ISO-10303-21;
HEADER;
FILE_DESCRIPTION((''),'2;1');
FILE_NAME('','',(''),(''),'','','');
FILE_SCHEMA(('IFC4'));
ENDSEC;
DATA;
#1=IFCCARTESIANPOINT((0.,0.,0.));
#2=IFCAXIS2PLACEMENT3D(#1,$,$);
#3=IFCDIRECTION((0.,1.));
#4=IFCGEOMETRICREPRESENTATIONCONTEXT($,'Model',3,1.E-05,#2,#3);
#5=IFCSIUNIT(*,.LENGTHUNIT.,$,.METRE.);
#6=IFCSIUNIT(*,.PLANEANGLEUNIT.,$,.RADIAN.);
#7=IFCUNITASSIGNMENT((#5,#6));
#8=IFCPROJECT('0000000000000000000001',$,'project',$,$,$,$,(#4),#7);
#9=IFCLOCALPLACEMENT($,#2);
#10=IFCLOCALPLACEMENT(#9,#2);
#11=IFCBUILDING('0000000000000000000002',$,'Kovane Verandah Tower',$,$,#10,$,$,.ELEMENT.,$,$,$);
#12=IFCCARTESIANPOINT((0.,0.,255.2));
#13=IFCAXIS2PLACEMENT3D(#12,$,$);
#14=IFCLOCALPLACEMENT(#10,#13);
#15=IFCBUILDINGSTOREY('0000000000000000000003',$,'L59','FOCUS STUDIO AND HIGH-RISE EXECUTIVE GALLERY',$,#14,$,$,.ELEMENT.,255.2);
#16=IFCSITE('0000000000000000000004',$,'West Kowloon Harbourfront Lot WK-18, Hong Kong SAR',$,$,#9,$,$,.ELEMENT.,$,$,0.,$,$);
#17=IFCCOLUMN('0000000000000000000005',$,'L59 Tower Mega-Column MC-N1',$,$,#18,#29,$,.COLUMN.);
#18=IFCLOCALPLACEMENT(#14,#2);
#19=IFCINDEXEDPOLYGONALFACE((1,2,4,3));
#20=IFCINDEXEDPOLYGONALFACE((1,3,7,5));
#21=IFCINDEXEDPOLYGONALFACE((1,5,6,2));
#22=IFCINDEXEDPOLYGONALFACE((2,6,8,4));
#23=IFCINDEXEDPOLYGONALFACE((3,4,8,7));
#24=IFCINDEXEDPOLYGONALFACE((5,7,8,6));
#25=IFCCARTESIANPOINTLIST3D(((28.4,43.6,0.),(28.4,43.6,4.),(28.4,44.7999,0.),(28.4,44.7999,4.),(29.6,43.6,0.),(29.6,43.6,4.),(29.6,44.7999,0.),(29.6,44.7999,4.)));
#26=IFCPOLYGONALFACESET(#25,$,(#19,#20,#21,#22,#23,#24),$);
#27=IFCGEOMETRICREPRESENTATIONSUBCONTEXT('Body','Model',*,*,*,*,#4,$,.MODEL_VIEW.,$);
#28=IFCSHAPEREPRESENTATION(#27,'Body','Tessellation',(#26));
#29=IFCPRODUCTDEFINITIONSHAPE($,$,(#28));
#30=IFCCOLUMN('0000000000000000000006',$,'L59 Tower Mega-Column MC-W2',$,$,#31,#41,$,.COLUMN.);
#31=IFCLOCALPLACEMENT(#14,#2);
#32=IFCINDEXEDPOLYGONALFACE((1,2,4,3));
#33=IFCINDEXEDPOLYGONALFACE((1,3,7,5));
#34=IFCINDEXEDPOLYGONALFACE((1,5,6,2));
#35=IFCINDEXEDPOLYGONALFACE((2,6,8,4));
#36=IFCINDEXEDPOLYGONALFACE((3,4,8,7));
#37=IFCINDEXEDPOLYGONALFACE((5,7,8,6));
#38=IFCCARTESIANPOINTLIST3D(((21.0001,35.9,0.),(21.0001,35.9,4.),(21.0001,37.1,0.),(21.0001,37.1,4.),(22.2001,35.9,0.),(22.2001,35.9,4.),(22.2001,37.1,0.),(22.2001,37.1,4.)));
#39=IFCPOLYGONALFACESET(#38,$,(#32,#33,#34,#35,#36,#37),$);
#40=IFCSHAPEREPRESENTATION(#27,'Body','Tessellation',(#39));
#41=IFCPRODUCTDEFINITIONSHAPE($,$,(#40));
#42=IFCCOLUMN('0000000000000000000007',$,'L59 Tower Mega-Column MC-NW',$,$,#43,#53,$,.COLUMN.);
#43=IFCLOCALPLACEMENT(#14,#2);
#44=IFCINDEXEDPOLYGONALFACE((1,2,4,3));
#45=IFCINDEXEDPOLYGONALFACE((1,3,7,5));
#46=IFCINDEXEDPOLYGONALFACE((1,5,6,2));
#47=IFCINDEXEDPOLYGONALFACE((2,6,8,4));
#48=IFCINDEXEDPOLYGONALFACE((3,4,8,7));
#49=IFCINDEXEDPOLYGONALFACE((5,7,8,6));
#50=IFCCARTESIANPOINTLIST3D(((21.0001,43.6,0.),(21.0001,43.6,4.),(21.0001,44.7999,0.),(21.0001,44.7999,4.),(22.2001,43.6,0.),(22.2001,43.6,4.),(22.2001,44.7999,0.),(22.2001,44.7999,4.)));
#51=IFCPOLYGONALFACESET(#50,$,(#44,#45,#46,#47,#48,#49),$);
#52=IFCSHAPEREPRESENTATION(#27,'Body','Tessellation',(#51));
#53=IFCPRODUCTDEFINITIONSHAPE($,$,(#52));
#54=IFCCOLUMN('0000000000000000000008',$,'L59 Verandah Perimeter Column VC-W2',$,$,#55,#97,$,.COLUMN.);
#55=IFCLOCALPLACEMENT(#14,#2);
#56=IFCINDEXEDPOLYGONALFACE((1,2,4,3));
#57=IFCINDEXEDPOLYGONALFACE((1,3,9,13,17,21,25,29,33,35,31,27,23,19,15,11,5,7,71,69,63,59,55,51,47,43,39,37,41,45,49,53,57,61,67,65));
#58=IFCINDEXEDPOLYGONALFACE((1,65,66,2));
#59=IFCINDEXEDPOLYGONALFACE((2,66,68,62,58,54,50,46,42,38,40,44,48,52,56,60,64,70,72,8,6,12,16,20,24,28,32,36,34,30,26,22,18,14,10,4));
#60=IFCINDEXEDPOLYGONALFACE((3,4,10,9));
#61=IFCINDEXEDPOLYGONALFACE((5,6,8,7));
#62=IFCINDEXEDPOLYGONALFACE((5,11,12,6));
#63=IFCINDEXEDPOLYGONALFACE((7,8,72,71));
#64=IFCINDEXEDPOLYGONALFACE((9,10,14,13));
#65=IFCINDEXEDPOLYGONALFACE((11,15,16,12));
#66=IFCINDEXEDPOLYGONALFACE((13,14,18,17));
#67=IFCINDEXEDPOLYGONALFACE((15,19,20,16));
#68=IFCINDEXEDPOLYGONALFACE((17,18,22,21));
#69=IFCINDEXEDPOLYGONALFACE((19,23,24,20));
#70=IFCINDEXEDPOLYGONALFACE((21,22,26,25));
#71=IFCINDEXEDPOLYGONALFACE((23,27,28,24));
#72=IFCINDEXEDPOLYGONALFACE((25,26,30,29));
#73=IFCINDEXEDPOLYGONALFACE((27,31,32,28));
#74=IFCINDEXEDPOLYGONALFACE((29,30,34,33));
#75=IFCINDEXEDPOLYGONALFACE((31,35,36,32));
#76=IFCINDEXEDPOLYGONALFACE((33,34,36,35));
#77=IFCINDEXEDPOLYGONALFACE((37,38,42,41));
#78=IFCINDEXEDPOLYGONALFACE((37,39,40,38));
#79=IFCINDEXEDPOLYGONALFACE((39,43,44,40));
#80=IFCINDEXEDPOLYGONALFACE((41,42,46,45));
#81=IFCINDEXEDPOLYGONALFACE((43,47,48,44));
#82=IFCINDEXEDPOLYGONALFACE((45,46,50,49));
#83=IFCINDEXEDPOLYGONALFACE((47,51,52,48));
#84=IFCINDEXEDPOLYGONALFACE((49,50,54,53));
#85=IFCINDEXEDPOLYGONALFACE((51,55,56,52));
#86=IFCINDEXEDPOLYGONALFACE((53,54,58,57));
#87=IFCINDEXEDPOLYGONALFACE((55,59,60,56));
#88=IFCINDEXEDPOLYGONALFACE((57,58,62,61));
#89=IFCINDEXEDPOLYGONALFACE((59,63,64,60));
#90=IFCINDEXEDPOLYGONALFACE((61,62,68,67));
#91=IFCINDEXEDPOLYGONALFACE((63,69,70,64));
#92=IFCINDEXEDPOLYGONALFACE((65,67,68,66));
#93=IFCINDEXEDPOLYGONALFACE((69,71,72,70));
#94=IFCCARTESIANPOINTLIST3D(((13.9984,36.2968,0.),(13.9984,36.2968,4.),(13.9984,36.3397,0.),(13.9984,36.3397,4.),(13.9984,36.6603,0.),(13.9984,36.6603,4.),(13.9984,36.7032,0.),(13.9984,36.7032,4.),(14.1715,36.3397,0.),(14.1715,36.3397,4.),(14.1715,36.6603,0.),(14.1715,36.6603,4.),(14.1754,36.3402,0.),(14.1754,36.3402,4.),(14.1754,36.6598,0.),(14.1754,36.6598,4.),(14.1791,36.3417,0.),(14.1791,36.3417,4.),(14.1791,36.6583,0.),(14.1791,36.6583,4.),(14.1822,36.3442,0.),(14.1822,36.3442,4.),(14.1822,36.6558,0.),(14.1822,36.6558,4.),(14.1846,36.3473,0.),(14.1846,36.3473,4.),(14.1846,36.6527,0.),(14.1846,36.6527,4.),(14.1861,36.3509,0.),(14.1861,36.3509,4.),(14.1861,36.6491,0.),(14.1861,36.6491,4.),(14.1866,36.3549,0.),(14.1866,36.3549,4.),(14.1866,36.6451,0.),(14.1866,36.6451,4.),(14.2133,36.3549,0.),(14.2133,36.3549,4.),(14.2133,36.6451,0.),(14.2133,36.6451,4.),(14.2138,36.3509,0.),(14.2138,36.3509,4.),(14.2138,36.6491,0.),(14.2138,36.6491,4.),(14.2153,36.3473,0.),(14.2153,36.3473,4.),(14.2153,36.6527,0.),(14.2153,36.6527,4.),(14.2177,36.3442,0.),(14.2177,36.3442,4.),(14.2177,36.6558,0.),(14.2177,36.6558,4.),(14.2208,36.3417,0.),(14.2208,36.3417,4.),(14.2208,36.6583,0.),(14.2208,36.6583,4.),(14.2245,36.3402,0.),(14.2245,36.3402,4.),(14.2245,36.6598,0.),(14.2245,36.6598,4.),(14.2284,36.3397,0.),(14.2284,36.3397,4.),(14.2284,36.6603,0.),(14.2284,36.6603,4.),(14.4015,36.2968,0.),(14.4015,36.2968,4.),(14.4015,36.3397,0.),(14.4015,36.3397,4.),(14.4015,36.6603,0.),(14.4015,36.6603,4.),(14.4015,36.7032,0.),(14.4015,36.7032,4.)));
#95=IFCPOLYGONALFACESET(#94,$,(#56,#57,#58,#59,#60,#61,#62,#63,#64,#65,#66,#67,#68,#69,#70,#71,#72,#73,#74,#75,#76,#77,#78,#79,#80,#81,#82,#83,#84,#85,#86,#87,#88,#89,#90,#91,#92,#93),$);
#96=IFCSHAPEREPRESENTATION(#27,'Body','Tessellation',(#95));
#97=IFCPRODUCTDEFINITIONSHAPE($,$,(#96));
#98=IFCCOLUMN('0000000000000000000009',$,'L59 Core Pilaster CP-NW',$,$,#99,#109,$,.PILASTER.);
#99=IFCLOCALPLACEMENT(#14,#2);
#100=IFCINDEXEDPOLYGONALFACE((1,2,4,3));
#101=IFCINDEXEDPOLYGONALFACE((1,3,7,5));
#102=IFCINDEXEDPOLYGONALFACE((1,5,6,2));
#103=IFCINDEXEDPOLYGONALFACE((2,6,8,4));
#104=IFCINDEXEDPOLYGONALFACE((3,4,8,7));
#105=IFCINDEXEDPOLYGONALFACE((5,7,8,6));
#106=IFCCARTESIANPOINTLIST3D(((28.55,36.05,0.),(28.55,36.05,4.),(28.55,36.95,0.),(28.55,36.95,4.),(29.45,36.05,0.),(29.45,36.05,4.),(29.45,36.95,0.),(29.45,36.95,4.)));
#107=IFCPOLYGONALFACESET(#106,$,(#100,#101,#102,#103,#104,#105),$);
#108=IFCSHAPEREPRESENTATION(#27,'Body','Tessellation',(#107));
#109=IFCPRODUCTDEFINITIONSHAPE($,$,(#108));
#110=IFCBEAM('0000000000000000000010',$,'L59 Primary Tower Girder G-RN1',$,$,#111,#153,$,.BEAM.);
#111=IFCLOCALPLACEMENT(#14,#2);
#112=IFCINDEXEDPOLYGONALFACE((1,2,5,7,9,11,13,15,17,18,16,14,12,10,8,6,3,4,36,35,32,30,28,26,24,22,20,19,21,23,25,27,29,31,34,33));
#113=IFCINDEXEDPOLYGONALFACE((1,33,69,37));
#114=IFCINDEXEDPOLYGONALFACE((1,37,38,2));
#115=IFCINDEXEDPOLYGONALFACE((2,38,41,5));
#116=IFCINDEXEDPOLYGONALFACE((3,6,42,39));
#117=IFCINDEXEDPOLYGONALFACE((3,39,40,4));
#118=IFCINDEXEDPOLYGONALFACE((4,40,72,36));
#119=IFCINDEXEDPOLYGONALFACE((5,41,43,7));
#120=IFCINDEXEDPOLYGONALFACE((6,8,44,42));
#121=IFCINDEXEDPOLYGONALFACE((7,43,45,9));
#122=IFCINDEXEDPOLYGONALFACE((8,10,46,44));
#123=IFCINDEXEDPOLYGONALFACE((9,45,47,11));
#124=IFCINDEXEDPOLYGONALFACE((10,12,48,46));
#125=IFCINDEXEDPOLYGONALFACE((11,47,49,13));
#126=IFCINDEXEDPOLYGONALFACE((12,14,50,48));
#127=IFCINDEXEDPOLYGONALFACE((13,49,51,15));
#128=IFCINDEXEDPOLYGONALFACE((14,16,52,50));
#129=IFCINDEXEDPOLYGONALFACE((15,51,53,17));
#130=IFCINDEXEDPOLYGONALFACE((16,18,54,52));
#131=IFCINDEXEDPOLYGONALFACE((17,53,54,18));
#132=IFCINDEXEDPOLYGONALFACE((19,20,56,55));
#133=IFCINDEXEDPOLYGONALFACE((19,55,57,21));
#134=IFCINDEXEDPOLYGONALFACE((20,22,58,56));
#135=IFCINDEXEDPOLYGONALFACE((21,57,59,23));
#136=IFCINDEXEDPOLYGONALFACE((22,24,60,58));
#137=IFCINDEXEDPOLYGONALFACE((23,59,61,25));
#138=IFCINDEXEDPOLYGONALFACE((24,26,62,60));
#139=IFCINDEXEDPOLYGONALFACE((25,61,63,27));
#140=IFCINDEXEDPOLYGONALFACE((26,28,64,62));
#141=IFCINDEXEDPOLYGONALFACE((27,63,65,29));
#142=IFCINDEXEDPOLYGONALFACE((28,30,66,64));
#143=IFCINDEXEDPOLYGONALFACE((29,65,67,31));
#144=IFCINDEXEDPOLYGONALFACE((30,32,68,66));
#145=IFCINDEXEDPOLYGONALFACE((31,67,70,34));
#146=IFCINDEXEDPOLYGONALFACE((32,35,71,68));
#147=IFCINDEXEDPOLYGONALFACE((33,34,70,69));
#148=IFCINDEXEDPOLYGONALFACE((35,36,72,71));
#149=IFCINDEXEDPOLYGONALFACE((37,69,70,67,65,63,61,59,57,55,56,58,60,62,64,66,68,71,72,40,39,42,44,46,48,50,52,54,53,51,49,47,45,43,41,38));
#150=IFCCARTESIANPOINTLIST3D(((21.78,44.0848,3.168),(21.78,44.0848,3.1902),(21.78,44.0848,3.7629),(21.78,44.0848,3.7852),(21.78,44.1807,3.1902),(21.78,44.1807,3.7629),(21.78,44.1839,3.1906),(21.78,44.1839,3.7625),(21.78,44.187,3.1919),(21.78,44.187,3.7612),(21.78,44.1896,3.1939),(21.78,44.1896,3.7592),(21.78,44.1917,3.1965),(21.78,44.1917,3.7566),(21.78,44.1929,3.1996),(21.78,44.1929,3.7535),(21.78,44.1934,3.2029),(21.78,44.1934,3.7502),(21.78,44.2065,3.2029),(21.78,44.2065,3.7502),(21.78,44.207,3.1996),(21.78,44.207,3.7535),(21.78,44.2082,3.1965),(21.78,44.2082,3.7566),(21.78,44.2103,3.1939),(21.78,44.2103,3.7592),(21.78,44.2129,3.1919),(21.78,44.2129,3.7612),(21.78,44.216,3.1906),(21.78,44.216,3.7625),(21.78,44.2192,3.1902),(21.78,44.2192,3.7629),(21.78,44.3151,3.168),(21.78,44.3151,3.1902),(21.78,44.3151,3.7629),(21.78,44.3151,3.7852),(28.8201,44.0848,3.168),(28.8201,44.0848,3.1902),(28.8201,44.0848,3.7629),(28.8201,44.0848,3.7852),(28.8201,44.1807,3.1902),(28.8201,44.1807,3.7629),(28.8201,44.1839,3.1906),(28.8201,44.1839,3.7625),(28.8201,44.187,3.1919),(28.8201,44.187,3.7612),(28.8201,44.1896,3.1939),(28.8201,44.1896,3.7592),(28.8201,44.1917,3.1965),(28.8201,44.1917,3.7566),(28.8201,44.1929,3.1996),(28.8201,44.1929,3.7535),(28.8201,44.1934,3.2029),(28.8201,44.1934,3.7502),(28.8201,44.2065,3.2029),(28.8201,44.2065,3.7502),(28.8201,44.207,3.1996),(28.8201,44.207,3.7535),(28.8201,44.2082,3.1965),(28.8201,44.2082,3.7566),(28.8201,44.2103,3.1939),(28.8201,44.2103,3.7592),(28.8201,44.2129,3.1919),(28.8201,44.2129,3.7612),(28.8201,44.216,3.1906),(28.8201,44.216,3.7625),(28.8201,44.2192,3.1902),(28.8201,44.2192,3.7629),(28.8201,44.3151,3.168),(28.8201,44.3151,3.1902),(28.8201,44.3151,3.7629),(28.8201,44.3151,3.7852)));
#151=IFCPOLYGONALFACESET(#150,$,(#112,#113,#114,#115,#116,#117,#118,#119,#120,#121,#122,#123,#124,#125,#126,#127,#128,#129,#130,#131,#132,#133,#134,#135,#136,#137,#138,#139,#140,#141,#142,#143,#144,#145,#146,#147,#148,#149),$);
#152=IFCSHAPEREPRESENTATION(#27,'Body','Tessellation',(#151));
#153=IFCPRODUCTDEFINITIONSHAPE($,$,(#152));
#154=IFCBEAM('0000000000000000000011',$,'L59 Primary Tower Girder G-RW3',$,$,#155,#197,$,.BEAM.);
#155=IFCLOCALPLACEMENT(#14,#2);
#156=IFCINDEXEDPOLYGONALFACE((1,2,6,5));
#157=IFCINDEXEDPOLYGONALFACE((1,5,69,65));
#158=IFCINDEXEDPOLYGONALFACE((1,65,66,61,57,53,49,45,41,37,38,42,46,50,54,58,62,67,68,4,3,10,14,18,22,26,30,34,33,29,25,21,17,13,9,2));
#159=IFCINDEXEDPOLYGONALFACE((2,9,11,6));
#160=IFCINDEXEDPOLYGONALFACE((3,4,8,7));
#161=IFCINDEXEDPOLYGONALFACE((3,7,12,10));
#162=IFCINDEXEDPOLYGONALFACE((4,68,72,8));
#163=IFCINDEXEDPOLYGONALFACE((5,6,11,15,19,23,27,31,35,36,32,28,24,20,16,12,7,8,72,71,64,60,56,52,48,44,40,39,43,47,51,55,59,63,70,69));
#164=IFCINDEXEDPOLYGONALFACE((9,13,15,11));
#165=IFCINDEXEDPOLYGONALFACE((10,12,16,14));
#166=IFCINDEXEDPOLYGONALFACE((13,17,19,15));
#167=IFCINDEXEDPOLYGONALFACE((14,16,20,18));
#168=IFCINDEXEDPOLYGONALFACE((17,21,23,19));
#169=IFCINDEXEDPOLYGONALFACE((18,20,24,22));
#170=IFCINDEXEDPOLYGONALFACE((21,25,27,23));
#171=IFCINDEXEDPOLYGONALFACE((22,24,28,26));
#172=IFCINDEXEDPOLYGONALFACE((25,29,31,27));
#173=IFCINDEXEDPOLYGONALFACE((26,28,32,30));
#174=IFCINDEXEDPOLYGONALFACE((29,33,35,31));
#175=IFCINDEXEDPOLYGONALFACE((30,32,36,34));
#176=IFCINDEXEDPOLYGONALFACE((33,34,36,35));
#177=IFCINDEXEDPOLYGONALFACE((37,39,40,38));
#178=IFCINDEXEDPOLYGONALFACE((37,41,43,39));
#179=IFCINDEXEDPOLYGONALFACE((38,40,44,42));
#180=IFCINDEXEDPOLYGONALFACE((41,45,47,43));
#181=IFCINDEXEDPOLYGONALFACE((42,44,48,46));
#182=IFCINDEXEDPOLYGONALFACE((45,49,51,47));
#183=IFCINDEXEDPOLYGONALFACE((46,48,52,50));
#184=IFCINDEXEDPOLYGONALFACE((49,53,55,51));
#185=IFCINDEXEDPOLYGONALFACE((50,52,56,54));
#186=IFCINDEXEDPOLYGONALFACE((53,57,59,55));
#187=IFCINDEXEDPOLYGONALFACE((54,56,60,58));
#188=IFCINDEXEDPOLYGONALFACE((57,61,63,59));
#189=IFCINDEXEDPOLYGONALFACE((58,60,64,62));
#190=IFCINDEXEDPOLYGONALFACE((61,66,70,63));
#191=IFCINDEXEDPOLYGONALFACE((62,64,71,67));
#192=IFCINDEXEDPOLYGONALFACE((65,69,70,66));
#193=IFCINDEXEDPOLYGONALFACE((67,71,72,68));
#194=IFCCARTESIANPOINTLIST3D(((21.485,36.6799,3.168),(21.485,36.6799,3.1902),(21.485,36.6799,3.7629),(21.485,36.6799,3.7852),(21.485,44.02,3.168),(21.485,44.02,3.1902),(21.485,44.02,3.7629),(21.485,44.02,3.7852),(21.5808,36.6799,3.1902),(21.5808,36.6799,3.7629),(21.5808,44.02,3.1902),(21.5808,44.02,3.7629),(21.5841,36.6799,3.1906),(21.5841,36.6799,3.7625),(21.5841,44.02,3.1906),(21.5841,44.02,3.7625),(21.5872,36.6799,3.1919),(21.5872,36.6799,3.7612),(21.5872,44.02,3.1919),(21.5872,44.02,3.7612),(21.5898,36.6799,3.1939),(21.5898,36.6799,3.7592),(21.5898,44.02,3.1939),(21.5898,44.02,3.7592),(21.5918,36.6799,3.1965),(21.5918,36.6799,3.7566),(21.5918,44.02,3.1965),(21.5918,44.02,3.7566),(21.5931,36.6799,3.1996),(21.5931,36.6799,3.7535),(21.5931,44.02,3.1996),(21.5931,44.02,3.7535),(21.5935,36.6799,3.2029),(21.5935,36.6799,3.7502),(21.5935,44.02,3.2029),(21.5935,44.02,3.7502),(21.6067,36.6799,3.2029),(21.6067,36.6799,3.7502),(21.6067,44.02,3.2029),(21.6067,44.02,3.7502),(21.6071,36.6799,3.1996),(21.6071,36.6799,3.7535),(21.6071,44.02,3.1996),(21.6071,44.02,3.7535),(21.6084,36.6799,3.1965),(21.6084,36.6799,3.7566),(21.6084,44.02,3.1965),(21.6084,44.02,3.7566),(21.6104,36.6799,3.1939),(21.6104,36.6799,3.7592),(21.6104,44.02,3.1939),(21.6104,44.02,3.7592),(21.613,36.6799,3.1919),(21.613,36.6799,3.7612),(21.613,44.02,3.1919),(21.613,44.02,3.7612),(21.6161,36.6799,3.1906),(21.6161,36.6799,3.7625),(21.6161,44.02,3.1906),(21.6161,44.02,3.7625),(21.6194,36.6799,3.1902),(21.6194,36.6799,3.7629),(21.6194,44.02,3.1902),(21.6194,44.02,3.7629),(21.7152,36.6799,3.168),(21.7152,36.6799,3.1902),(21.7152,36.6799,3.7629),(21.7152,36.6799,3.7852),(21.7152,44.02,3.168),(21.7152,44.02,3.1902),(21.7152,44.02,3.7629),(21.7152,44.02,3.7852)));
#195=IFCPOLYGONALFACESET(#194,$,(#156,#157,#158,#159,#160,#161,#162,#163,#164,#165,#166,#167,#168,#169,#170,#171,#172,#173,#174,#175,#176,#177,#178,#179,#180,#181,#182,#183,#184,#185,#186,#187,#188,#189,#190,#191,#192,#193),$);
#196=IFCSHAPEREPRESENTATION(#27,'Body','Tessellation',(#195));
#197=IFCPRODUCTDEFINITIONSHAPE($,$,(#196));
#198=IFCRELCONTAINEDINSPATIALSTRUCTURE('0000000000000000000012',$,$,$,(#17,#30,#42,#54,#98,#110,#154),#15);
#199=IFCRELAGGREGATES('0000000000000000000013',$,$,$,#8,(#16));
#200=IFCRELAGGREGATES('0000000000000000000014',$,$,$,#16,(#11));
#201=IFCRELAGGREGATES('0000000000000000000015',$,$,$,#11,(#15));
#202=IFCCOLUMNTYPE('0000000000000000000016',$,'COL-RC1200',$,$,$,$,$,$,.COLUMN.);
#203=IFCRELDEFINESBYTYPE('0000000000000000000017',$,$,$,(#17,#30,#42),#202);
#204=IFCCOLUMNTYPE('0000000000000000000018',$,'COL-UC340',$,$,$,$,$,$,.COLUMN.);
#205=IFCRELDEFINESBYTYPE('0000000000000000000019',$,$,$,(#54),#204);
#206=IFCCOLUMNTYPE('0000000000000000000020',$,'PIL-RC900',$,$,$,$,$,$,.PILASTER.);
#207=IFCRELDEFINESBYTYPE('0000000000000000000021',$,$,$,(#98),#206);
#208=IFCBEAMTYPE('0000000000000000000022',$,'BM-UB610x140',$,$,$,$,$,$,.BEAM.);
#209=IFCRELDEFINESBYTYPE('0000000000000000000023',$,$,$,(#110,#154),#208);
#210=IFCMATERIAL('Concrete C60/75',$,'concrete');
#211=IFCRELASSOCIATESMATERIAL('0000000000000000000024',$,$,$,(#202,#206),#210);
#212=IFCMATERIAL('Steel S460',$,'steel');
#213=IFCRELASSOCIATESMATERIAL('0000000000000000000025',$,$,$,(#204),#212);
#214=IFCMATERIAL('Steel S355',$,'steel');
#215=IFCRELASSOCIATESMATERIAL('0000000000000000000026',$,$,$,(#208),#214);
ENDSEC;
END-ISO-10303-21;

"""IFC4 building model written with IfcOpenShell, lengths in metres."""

from ifc_helpers import new_model, si_unit, direction, frame, origin, origin_2d, place, context, subcontext, project, spatial, rectangle, i_section, extrude, material, material_profile, profile_set, type_object, element, save


model = new_model("IFC4")

# Units and contexts
model_context = context("Model", 3, precision=1e-05, world=origin(), true_north=direction((0.0, 1.0)))
body_context = subcontext(model_context, "Body", "Model", "MODEL_VIEW")
ifc_project = project(units=[si_unit("LENGTHUNIT", "METRE"), si_unit("PLANEANGLEUNIT", "RADIAN")], contexts=[model_context])

# Site, building, storey
site_placement = place(None, origin())
site = spatial("IfcSite", under=ifc_project, at=site_placement, Name="West Kowloon Harbourfront Lot WK-18, Hong Kong SAR", CompositionType="ELEMENT", RefElevation=0.0)
building_placement = place(site_placement, origin())
building = spatial("IfcBuilding", under=site, at=building_placement, Name="Kovane Verandah Tower", CompositionType="ELEMENT")
storey_placement = place(building_placement, frame((0.0, 0.0, 255.2)))
storey = spatial("IfcBuildingStorey", under=building, at=storey_placement, Name="L59", Description="FOCUS STUDIO AND HIGH-RISE EXECUTIVE GALLERY", CompositionType="ELEMENT", Elevation=255.2)

# Columns
ifc_material_1 = material(Name="Concrete C60/75", Category="concrete")
ifc_material_profile_1 = material_profile(ifc_material_1, rectangle(XDim=1.2, YDim=1.2, at=origin_2d()), Name="RC1200x1200")
ifc_profile_set_1 = profile_set([ifc_material_profile_1], Name="Concrete C60/75")
column_type_1 = type_object("IfcColumnType", Name="COL-RC1200", PredefinedType="COLUMN", material=ifc_profile_set_1)
for number, where, z_axis, x_axis, name in (
    (1, (29.0, 44.2, 0.0), (0.0, 0.0, 1.0), (1.0, 0.0, 0.0), "L59 Tower Mega-Column MC-N1"),
    (2, (21.6001, 36.5, 0.0), (0.0, 0.0, 1.0), (1.0, 0.0, 0.0), "L59 Tower Mega-Column MC-W2"),
    (3, (21.6001, 44.2, 0.0), (0.0, 0.0, 1.0), (1.0, 0.0, 0.0), "L59 Tower Mega-Column MC-NW"),
):
    element("IfcColumn", number, at=place(storey_placement, frame(where, z_axis=z_axis, x_axis=x_axis)), inside=storey, type_object=column_type_1, Name=name, PredefinedType="COLUMN", context=body_context, shape_type="SweptSolid", body=[
        extrude(rectangle(XDim=1.2, YDim=1.2, at=origin_2d()), origin(), (0.0, 0.0, 1.0), 4.0),
    ])
ifc_material_2 = material(Name="Steel S460", Category="steel")
ifc_material_profile_2 = material_profile(ifc_material_2, i_section(OverallWidth=0.4031, OverallDepth=0.4065, WebThickness=0.0266, FlangeThickness=0.043, FilletRadius=0.0151, at=origin_2d()), Name="UC356x406x340")
ifc_profile_set_2 = profile_set([ifc_material_profile_2], Name="Steel S460")
column_type_2 = type_object("IfcColumnType", Name="COL-UC340", PredefinedType="COLUMN", material=ifc_profile_set_2)
column_1_placement = place(storey_placement, frame((14.2, 36.5, 0.0), z_axis=(0.0, 0.0, 1.0), x_axis=(1.0, 0.0, 0.0)))
element("IfcColumn", 4, at=column_1_placement, inside=storey, type_object=column_type_2, Name="L59 Verandah Perimeter Column VC-W2", PredefinedType="COLUMN", context=body_context, shape_type="SweptSolid", body=[
    extrude(i_section(OverallWidth=0.4031, OverallDepth=0.4065, WebThickness=0.0266, FlangeThickness=0.043, FilletRadius=0.0151, at=origin_2d()), origin(), (0.0, 0.0, 1.0), 4.0),
])
ifc_material_profile_3 = material_profile(ifc_material_1, rectangle(XDim=0.8999, YDim=0.8999, at=origin_2d()), Name="RC900x900")
ifc_profile_set_3 = profile_set([ifc_material_profile_3], Name="Concrete C60/75")
column_type_3 = type_object("IfcColumnType", Name="PIL-RC900", PredefinedType="PILASTER", material=ifc_profile_set_3)
column_2_placement = place(storey_placement, frame((29.0, 36.5, 0.0), z_axis=(0.0, 0.0, 1.0), x_axis=(1.0, 0.0, 0.0)))
element("IfcColumn", 5, at=column_2_placement, inside=storey, type_object=column_type_3, Name="L59 Core Pilaster CP-NW", PredefinedType="PILASTER", context=body_context, shape_type="SweptSolid", body=[
    extrude(rectangle(XDim=0.8999, YDim=0.8999, at=origin_2d()), origin(), (0.0, 0.0, 1.0), 4.0),
])

# Beams
ifc_material_3 = material(Name="Steel S355", Category="steel")
ifc_material_profile_4 = material_profile(ifc_material_3, i_section(OverallWidth=0.2302, OverallDepth=0.6172, WebThickness=0.0132, FlangeThickness=0.0222, FilletRadius=0.0127, at=origin_2d()), Name="UB610x229x140")
ifc_profile_set_4 = profile_set([ifc_material_profile_4], Name="Steel S355")
beam_type_1 = type_object("IfcBeamType", Name="BM-UB610x140", PredefinedType="BEAM", material=ifc_profile_set_4)
beam_1_placement = place(storey_placement, frame((21.78, 44.2, 3.4766), z_axis=(1.0, 0.0, 0.0), x_axis=(0.0, 1.0, 0.0)))
element("IfcBeam", 6, at=beam_1_placement, inside=storey, type_object=beam_type_1, Name="L59 Primary Tower Girder G-RN1", PredefinedType="BEAM", context=body_context, shape_type="SweptSolid", body=[
    extrude(i_section(OverallWidth=0.2302, OverallDepth=0.6172, WebThickness=0.0132, FlangeThickness=0.0222, FilletRadius=0.0127, at=origin_2d()), origin(), (0.0, 0.0, 1.0), 7.04),
])
beam_2_placement = place(storey_placement, frame((21.6001, 36.6799, 3.4766), z_axis=(0.0, 1.0, 0.0), x_axis=(-1.0, 0.0, 0.0)))
element("IfcBeam", 7, at=beam_2_placement, inside=storey, type_object=beam_type_1, Name="L59 Primary Tower Girder G-RW3", PredefinedType="BEAM", context=body_context, shape_type="SweptSolid", body=[
    extrude(i_section(OverallWidth=0.2302, OverallDepth=0.6172, WebThickness=0.0132, FlangeThickness=0.0222, FilletRadius=0.0127, at=origin_2d()), origin(), (0.0, 0.0, 1.0), 7.3401),
])

save(model, "model.ifc")
